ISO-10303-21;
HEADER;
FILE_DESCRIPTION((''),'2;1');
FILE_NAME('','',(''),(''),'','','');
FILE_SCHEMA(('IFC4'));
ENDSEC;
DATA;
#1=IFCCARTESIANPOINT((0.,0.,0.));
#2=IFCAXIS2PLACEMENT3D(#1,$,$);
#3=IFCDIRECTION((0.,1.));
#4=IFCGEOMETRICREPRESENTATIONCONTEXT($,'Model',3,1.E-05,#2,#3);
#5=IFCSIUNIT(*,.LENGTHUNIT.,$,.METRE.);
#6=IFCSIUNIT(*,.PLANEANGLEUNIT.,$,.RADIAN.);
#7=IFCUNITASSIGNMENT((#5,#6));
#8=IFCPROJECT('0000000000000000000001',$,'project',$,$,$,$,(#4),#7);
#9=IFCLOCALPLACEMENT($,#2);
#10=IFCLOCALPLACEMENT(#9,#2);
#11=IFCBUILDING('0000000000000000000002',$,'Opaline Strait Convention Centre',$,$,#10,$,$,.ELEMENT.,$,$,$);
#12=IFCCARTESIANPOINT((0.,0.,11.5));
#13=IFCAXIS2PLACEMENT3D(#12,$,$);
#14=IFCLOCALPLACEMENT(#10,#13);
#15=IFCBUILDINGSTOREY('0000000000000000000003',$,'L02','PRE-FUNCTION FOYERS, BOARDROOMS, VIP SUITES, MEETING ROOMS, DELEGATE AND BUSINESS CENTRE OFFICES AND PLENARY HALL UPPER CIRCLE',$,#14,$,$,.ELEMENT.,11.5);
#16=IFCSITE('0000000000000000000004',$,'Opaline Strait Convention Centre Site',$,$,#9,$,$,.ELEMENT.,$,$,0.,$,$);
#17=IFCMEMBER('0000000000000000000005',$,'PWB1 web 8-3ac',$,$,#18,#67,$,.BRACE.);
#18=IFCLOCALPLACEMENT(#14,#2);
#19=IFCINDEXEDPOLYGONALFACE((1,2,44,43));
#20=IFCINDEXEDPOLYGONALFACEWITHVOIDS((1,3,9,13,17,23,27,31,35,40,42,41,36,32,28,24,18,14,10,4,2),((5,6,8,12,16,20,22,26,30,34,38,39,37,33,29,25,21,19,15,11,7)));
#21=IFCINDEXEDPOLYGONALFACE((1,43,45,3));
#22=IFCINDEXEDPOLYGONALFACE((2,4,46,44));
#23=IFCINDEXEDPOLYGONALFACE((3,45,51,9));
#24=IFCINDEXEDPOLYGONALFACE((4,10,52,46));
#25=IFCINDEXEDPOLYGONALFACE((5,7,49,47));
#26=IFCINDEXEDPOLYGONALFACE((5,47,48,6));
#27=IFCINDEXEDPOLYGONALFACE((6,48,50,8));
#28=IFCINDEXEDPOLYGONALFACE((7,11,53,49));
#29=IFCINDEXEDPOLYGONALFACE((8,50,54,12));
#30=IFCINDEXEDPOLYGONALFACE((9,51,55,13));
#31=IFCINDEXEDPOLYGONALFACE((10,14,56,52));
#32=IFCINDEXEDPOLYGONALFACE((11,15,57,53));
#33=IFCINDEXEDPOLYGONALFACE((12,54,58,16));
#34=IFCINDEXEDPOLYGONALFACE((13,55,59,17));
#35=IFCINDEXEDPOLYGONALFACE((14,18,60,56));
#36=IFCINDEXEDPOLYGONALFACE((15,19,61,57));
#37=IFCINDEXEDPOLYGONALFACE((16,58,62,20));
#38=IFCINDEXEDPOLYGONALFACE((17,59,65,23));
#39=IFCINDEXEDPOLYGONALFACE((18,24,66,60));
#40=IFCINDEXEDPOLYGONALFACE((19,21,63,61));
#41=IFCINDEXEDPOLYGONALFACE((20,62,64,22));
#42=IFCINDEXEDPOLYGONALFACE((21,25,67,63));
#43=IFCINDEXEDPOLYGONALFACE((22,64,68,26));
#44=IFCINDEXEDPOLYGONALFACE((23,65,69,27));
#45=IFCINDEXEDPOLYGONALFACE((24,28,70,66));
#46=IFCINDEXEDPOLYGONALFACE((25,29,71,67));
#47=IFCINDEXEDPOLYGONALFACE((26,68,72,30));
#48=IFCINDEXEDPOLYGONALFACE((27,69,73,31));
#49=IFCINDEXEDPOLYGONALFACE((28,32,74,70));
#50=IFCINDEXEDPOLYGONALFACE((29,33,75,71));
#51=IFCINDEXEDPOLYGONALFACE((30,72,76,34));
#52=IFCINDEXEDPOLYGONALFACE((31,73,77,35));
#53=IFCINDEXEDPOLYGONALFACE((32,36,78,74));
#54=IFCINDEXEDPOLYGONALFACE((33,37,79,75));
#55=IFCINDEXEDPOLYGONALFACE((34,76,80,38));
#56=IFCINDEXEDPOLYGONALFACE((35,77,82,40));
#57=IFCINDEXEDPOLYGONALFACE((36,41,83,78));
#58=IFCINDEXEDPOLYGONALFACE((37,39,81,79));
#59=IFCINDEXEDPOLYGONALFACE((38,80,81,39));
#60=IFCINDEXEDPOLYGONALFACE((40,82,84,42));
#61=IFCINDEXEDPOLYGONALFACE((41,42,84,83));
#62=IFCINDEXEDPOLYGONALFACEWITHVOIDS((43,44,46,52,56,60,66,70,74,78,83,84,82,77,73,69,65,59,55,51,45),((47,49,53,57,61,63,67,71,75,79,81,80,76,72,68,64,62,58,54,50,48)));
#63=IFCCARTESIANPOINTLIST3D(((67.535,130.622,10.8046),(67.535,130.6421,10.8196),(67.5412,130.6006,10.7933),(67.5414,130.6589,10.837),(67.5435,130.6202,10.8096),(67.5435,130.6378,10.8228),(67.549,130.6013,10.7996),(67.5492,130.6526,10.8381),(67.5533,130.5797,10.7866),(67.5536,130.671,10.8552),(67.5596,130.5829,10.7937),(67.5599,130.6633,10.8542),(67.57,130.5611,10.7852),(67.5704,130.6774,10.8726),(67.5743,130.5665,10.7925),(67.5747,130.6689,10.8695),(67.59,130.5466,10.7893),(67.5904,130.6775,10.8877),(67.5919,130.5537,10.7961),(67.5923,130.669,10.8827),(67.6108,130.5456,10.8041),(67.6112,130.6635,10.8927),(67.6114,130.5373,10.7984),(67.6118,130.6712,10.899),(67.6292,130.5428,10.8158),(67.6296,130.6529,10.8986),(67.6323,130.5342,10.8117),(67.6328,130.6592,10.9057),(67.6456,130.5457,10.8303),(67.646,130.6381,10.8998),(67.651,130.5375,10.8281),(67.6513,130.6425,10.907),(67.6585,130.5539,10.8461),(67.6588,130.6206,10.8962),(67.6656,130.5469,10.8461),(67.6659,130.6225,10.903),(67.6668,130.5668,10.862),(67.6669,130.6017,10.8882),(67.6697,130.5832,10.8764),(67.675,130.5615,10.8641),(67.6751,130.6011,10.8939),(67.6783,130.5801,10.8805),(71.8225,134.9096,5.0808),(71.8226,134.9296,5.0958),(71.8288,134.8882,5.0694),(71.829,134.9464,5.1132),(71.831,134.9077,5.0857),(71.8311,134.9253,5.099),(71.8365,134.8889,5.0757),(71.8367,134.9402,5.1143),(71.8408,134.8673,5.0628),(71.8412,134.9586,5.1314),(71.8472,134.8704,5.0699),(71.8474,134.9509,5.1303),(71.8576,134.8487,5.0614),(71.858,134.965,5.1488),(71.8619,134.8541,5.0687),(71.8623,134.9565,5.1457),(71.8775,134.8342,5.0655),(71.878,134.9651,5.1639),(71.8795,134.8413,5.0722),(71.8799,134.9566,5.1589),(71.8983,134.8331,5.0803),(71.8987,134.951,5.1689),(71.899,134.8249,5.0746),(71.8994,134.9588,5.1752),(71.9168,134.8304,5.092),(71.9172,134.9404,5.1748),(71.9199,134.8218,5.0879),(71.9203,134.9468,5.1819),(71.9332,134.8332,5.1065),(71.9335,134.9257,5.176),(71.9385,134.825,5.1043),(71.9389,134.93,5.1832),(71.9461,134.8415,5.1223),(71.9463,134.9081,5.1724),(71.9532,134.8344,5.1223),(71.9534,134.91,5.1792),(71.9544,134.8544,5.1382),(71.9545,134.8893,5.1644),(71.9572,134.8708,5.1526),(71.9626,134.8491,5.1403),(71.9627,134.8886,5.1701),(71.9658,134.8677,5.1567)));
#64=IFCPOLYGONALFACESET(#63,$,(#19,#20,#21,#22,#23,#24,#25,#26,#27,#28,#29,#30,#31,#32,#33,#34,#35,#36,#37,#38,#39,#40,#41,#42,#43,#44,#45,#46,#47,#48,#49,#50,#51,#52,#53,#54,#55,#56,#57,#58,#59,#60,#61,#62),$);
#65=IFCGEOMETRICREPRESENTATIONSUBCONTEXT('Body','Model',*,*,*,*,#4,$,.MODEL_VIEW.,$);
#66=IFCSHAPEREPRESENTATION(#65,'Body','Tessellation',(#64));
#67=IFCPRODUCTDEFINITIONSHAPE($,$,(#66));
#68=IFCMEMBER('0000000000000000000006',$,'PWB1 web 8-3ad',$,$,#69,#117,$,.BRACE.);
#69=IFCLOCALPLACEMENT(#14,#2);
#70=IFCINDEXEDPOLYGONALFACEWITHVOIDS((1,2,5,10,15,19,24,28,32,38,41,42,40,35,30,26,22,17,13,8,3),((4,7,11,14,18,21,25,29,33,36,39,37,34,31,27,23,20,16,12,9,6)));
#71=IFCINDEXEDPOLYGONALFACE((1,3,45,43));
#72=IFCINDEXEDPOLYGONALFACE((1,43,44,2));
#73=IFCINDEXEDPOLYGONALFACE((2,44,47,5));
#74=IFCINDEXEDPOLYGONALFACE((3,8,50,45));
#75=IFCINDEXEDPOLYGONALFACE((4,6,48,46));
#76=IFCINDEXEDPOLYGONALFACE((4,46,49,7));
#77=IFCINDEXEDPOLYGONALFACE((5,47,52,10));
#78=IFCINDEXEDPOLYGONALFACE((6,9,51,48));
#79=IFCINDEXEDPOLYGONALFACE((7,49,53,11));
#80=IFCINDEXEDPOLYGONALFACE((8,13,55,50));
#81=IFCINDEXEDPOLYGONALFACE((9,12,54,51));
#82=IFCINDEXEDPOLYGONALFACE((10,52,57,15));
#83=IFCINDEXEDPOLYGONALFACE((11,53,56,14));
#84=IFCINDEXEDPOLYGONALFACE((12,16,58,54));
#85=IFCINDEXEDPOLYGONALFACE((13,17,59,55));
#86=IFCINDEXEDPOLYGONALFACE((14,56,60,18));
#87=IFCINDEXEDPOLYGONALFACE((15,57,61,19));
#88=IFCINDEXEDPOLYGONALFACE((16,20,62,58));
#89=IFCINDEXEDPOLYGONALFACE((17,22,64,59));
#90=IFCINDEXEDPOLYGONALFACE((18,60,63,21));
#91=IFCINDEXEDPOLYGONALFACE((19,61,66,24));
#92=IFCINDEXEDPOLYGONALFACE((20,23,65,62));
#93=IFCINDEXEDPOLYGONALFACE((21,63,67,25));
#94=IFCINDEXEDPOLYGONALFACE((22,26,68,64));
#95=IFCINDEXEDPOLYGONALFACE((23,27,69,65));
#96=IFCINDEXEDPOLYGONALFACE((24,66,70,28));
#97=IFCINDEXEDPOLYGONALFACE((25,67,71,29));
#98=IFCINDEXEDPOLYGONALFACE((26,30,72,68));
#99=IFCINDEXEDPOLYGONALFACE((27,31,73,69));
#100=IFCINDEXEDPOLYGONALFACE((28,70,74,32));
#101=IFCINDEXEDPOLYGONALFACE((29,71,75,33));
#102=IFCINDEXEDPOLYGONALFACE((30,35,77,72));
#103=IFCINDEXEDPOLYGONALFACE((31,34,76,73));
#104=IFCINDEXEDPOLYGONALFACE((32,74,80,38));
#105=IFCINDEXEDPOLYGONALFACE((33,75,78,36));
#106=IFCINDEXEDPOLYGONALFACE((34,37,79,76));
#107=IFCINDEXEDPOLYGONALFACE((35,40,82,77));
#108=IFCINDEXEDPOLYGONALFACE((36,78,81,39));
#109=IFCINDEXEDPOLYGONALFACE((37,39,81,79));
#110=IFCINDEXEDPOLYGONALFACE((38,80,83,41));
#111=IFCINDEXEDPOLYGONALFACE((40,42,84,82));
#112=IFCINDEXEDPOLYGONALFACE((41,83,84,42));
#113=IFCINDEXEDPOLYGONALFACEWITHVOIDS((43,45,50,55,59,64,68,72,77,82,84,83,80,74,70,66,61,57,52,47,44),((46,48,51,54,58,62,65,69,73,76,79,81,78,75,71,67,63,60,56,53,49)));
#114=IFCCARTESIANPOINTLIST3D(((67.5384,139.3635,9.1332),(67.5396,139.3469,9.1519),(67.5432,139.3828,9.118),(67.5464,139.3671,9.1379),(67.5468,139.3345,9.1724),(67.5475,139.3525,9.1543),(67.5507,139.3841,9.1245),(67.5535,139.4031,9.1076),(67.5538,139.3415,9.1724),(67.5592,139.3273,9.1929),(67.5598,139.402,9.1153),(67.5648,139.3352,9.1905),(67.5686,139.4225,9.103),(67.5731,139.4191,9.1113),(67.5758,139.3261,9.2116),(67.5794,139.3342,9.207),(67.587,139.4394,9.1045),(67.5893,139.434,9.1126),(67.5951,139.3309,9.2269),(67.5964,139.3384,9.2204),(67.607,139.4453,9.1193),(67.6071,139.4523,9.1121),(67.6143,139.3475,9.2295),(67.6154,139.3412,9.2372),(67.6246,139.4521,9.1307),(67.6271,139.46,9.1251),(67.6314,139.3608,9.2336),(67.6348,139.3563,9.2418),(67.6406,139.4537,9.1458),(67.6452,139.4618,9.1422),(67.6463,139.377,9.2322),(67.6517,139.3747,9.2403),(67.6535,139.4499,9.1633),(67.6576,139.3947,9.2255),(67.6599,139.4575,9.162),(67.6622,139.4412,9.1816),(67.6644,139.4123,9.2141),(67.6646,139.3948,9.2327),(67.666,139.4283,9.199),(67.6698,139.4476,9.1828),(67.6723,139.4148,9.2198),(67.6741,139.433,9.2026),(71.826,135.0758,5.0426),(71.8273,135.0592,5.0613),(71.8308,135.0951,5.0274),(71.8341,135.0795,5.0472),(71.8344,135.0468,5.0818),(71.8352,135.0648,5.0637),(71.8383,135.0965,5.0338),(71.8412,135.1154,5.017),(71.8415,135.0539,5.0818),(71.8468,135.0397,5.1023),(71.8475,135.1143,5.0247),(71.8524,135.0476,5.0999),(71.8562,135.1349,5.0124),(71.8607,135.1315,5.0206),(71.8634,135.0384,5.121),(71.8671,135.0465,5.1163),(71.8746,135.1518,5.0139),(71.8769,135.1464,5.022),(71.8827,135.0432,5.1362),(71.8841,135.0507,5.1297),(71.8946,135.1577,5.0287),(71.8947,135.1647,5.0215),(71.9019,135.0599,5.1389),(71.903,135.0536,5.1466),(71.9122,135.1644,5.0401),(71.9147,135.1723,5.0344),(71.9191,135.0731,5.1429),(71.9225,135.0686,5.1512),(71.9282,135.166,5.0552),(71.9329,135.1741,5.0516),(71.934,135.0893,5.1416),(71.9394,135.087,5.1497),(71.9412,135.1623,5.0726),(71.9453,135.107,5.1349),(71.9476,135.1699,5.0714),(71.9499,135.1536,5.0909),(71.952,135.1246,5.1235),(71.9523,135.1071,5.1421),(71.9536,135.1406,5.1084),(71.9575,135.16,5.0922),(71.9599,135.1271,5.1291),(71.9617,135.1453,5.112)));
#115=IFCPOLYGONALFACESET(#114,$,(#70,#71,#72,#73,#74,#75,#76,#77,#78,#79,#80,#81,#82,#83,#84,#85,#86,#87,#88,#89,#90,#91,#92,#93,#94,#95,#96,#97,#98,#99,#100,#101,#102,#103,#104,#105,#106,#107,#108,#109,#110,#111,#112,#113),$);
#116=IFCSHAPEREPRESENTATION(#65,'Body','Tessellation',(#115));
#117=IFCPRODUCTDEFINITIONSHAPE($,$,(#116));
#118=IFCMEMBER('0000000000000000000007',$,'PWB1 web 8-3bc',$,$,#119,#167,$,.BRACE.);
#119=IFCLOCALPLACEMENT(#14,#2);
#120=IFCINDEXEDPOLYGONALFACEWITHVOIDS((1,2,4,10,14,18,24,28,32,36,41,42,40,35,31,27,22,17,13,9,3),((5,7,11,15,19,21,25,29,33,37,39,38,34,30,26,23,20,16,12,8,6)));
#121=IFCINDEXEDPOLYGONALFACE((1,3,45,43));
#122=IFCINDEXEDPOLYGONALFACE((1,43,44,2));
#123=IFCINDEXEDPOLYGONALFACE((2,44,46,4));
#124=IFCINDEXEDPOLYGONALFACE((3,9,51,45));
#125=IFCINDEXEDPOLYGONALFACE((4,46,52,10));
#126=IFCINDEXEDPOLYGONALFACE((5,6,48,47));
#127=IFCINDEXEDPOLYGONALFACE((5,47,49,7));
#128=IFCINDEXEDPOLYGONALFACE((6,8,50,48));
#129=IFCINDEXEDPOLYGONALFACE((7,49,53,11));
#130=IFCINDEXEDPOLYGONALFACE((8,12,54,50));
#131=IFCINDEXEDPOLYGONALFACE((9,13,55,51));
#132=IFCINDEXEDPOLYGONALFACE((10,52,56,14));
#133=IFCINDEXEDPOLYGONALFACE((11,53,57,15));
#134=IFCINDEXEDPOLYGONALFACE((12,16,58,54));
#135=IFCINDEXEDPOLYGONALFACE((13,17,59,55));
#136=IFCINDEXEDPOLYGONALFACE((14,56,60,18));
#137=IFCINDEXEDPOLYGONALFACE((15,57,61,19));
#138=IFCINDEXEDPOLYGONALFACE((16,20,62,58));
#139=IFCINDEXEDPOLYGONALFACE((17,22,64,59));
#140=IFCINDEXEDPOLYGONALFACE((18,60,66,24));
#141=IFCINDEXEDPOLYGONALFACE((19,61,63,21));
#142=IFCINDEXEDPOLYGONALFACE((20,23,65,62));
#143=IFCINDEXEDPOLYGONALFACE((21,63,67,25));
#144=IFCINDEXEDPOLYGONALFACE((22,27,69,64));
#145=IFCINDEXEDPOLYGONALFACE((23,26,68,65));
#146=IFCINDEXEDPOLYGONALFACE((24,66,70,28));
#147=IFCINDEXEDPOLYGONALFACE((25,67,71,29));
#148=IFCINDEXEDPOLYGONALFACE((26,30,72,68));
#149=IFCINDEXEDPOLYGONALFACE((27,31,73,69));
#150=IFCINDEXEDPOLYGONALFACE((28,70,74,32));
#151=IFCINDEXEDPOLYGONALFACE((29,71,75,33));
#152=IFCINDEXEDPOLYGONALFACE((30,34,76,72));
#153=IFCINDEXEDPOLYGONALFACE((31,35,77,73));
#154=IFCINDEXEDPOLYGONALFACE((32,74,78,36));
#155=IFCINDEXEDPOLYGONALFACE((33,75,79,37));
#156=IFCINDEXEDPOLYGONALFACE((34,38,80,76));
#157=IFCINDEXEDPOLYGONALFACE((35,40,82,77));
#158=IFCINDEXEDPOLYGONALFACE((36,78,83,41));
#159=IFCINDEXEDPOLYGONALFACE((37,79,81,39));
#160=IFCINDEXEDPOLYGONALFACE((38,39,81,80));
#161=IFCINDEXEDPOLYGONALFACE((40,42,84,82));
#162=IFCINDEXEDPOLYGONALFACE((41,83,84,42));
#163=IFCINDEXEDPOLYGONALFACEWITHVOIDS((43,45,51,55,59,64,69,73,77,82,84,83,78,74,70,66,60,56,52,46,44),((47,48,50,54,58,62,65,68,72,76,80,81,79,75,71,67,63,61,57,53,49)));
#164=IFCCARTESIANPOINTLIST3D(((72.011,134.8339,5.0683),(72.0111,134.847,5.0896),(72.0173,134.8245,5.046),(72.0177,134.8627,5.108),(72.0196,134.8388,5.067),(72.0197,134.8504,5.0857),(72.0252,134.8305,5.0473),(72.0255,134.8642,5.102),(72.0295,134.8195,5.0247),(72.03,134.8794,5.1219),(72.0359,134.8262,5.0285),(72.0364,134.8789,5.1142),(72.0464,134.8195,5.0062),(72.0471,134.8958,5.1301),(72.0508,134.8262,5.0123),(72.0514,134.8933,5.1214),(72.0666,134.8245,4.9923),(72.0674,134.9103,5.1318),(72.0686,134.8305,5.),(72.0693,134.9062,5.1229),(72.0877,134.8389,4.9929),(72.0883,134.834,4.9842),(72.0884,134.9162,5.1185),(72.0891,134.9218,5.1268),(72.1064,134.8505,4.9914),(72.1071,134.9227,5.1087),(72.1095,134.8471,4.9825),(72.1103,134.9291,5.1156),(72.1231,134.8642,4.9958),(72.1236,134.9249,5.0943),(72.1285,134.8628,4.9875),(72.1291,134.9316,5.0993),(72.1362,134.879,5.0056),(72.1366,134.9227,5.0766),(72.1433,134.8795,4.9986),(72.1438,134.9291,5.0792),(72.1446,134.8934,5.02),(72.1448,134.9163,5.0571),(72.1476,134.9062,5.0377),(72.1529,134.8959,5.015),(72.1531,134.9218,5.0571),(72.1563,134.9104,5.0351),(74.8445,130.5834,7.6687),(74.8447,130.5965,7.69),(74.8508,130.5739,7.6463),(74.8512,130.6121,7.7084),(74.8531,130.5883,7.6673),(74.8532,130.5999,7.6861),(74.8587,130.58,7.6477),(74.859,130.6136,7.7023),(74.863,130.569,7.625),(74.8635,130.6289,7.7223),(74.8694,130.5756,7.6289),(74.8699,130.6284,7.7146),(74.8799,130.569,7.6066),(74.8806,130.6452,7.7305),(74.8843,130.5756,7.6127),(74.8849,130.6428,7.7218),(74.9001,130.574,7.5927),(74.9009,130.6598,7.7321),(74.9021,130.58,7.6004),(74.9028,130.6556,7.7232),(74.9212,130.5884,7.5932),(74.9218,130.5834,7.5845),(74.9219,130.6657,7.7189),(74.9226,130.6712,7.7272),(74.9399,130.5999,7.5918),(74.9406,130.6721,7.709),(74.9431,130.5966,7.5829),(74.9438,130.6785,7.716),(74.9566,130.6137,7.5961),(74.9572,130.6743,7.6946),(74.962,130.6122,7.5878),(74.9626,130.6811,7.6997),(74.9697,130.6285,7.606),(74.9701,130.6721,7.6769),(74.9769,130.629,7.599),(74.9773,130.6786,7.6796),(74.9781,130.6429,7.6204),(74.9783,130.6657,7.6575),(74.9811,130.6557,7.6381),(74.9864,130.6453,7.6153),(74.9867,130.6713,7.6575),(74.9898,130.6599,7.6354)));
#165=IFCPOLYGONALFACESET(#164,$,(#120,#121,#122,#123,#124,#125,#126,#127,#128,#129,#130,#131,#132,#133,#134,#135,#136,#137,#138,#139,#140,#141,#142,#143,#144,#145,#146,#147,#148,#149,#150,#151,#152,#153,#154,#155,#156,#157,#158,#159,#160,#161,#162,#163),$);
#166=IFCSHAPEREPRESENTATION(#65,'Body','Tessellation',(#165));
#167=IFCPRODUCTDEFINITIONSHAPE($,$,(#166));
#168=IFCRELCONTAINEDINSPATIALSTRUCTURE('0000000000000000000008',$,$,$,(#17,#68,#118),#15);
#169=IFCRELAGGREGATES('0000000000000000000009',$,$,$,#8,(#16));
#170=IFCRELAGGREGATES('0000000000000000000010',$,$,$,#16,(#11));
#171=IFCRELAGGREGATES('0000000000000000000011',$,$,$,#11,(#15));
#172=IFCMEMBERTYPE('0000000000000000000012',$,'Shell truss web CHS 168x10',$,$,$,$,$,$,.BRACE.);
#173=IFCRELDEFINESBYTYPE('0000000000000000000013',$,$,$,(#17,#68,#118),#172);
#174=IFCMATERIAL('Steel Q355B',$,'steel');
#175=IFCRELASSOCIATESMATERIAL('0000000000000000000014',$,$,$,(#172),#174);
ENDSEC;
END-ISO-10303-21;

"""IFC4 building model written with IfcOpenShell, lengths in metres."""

from ifc_helpers import new_model, si_unit, direction, frame, origin, origin_2d, place, context, subcontext, project, spatial, hollow_circle, extrude, material, material_profile, profile_set, type_object, element, save


model = new_model("IFC4")

# Units and contexts
model_context = context("Model", 3, precision=1e-05, world=origin(), true_north=direction((0.0, 1.0)))
body_context = subcontext(model_context, "Body", "Model", "MODEL_VIEW")
ifc_project = project(units=[si_unit("LENGTHUNIT", "METRE"), si_unit("PLANEANGLEUNIT", "RADIAN")], contexts=[model_context])

# Site, building, storey
site_placement = place(None, origin())
site = spatial("IfcSite", under=ifc_project, at=site_placement, Name="Opaline Strait Convention Centre Site", CompositionType="ELEMENT", RefElevation=0.0)
building_placement = place(site_placement, origin())
building = spatial("IfcBuilding", under=site, at=building_placement, Name="Opaline Strait Convention Centre", CompositionType="ELEMENT")
storey_placement = place(building_placement, frame((0.0, 0.0, 11.5)))
storey = spatial("IfcBuildingStorey", under=building, at=storey_placement, Name="L02", Description="PRE-FUNCTION FOYERS, BOARDROOMS, VIP SUITES, MEETING ROOMS, DELEGATE AND BUSINESS CENTRE OFFICES AND PLENARY HALL UPPER CIRCLE", CompositionType="ELEMENT", Elevation=11.5)

# Members
ifc_material_1 = material(Name="Steel Q355B", Category="steel")
ifc_material_profile_1 = material_profile(ifc_material_1, hollow_circle(Radius=0.084, WallThickness=0.01, at=origin_2d()), Name="CHS 168x10")
ifc_profile_set_1 = profile_set([ifc_material_profile_1], Name="Steel Q355B")
member_type_1 = type_object("IfcMemberType", Name="Shell truss web CHS 168x10", PredefinedType="BRACE", material=ifc_profile_set_1)
member_1_placement = place(storey_placement, frame((71.8938, 134.8938, 5.1223), z_axis=(-0.514196, -0.514196, 0.686444), x_axis=(0.707107, -0.707107, 0.0)))
element("IfcMember", 1, at=member_1_placement, inside=storey, type_object=member_type_1, Name="PWB1 web 8-3ac", PredefinedType="BRACE", context=body_context, shape_type="SweptSolid", body=[
    extrude(hollow_circle(Radius=0.084, WallThickness=0.01, at=origin_2d()), origin(), (0.0, 0.0, 1.0), 8.3384),
])
member_2_placement = place(storey_placement, frame((71.8938, 135.1062, 5.0818), z_axis=(-0.586189, 0.586189, 0.559253), x_axis=(-0.707107, -0.707107, 0.0)))
element("IfcMember", 2, at=member_2_placement, inside=storey, type_object=member_type_1, Name="PWB1 web 8-3ad", PredefinedType="BRACE", context=body_context, shape_type="SweptSolid", body=[
    extrude(hollow_circle(Radius=0.084, WallThickness=0.01, at=origin_2d()), origin(), (0.0, 0.0, 1.0), 7.3145),
])
member_3_placement = place(storey_placement, frame((72.0833, 134.8752, 5.0571), z_axis=(0.49432, -0.741522, 0.453644), x_axis=(0.832065, 0.554678, 0.0)))
element("IfcMember", 3, at=member_3_placement, inside=storey, type_object=member_type_1, Name="PWB1 web 8-3bc", PredefinedType="BRACE", context=body_context, shape_type="SweptSolid", body=[
    extrude(hollow_circle(Radius=0.084, WallThickness=0.01, at=origin_2d()), origin(), (0.0, 0.0, 1.0), 5.7322),
])

save(model, "model.ifc")
